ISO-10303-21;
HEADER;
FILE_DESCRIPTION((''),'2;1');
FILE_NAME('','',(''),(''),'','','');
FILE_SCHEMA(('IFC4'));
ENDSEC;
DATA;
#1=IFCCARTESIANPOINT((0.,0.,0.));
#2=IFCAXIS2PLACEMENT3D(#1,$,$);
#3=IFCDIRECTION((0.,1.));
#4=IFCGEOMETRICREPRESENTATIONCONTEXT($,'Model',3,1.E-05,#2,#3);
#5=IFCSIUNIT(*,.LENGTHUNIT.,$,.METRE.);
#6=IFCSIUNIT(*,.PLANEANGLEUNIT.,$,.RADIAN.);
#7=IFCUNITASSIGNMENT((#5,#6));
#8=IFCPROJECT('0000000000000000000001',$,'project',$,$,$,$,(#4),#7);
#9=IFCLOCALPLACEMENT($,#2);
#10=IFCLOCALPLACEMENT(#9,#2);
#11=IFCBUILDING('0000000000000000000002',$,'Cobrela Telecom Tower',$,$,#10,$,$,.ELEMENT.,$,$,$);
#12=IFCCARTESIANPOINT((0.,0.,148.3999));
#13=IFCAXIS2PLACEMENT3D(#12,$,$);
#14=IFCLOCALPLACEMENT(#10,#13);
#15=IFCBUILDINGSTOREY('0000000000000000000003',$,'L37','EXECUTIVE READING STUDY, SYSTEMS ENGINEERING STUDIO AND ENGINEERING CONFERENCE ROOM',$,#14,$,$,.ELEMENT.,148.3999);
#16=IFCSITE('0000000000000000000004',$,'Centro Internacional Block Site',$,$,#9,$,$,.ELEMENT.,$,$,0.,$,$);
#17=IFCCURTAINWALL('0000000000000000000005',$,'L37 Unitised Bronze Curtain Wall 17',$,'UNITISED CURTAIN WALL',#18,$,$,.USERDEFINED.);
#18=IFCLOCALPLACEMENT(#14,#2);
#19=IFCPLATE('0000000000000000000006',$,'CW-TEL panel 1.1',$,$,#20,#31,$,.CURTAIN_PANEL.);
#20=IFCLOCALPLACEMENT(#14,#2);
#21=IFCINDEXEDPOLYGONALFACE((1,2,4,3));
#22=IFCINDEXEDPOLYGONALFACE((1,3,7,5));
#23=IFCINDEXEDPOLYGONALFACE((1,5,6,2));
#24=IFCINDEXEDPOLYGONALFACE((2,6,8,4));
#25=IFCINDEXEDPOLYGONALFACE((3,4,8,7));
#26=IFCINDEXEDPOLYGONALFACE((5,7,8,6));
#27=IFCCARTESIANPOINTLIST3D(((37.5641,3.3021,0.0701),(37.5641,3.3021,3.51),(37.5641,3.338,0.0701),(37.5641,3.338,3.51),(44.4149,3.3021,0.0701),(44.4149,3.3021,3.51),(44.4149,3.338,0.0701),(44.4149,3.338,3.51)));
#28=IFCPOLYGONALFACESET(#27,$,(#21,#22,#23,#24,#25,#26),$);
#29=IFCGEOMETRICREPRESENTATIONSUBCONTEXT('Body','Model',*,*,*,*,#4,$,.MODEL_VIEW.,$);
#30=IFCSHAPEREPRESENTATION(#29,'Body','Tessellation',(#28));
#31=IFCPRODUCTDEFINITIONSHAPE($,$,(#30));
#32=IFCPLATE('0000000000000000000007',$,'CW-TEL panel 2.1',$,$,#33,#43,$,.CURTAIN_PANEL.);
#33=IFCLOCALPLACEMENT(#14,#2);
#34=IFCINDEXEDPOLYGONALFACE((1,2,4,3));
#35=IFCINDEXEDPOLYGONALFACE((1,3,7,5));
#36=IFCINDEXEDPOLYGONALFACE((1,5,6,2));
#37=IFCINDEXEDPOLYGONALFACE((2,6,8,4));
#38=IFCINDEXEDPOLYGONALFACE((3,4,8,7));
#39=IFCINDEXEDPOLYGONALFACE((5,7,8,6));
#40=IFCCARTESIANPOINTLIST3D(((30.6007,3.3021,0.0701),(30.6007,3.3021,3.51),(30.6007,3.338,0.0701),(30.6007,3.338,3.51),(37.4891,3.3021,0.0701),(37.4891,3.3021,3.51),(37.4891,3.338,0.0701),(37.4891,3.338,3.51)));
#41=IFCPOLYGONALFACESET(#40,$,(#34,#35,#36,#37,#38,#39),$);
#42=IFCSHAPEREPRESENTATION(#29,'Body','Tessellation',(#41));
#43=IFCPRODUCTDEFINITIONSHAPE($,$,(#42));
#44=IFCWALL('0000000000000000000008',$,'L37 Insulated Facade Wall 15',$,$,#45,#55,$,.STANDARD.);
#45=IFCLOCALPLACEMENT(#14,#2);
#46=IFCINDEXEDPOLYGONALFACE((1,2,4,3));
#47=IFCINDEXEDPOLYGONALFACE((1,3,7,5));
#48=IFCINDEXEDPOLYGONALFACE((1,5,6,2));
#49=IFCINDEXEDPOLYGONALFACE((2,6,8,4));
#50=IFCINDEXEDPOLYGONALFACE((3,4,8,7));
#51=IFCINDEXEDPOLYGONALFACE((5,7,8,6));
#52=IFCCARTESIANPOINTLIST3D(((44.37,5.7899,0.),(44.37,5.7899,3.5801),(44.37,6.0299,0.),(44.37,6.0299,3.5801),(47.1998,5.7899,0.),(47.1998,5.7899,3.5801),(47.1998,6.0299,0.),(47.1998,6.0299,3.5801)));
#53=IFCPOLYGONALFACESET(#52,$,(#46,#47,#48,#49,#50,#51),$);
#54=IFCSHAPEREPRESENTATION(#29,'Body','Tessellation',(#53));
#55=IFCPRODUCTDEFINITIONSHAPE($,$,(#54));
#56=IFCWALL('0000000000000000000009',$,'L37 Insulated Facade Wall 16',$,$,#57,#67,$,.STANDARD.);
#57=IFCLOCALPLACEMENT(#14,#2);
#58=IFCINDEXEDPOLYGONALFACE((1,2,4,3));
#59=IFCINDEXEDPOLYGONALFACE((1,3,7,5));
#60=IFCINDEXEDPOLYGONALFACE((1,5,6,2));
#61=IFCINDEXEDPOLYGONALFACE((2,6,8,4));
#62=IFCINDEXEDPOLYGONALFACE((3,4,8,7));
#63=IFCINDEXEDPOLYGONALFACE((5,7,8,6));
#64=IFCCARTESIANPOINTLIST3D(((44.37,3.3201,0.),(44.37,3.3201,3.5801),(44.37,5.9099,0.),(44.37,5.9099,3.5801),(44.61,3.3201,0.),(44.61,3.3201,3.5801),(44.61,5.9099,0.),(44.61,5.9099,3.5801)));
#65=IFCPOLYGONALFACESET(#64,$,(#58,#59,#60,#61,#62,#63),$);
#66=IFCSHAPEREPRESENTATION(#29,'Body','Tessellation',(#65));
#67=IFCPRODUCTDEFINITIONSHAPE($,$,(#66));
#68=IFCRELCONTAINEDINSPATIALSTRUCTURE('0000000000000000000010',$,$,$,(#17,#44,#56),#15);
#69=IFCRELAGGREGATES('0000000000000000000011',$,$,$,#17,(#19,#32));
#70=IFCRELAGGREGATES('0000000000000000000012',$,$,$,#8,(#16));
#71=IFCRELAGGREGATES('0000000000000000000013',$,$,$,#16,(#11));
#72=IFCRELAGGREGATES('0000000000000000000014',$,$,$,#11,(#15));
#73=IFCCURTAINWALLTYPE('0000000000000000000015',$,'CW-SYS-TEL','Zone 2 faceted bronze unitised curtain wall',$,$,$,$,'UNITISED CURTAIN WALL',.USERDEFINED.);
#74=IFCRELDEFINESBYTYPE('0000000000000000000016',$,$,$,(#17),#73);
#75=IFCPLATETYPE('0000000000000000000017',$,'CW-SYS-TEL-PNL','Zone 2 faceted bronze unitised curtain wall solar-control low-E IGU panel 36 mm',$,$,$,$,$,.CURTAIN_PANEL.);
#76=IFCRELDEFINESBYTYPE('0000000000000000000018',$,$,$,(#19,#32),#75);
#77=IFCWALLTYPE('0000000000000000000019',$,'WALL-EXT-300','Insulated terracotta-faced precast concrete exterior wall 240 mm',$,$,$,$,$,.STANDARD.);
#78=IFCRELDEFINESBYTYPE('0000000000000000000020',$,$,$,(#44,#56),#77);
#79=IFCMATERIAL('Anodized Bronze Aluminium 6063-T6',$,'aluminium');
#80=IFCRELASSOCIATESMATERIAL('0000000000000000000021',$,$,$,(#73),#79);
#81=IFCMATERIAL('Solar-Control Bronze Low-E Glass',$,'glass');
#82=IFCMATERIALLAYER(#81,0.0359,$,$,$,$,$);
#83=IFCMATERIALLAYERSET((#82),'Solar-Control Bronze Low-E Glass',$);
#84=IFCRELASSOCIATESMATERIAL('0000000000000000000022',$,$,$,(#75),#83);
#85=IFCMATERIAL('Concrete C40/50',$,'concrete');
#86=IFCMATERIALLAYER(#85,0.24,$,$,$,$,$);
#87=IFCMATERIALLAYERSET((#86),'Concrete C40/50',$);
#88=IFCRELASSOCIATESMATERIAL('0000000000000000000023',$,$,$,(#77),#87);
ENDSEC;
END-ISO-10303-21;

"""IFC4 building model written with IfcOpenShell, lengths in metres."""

from ifc_helpers import new_model, si_unit, direction, frame, frame_2d, origin, origin_2d, place, context, subcontext, project, spatial, rectangle, extrude, material, layer, layer_set, type_object, element, aggregate, save


model = new_model("IFC4")

# Units and contexts
model_context = context("Model", 3, precision=1e-05, world=origin(), true_north=direction((0.0, 1.0)))
body_context = subcontext(model_context, "Body", "Model", "MODEL_VIEW")
ifc_project = project(units=[si_unit("LENGTHUNIT", "METRE"), si_unit("PLANEANGLEUNIT", "RADIAN")], contexts=[model_context])

# Site, building, storey
site_placement = place(None, origin())
site = spatial("IfcSite", under=ifc_project, at=site_placement, Name="Centro Internacional Block Site", CompositionType="ELEMENT", RefElevation=0.0)
building_placement = place(site_placement, origin())
building = spatial("IfcBuilding", under=site, at=building_placement, Name="Cobrela Telecom Tower", CompositionType="ELEMENT")
storey_placement = place(building_placement, frame((0.0, 0.0, 148.3999)))
storey = spatial("IfcBuildingStorey", under=building, at=storey_placement, Name="L37", Description="EXECUTIVE READING STUDY, SYSTEMS ENGINEERING STUDIO AND ENGINEERING CONFERENCE ROOM", CompositionType="ELEMENT", Elevation=148.3999)

# Curtain wall
ifc_material_1 = material(Name="Anodized Bronze Aluminium 6063-T6", Category="aluminium")
curtain_wall_type = type_object("IfcCurtainWallType", Name="CW-SYS-TEL", Description="Zone 2 faceted bronze unitised curtain wall", ElementType="UNITISED CURTAIN WALL", PredefinedType="USERDEFINED", material=ifc_material_1)
curtain_wall_1_placement = place(storey_placement, origin())
curtain_wall_1 = element("IfcCurtainWall", 1, at=curtain_wall_1_placement, inside=storey, type_object=curtain_wall_type, Name="L37 Unitised Bronze Curtain Wall 17", ObjectType="UNITISED CURTAIN WALL", PredefinedType="USERDEFINED")

# Plates
ifc_material_2 = material(Name="Solar-Control Bronze Low-E Glass", Category="glass")
ifc_layer_1 = layer(ifc_material_2, 0.0359)
ifc_layer_set_1 = layer_set([ifc_layer_1], Name="Solar-Control Bronze Low-E Glass")
plate_type = type_object("IfcPlateType", Name="CW-SYS-TEL-PNL", Description="Zone 2 faceted bronze unitised curtain wall solar-control low-E IGU panel 36 mm", PredefinedType="CURTAIN_PANEL", material=ifc_layer_set_1)
plate_1_placement = place(storey_placement, frame((40.9895, 3.3201, 0.0701), z_axis=(0.0, 0.0, 1.0), x_axis=(-1.0, 0.0, 0.0)))
plate_1 = element("IfcPlate", 2, at=plate_1_placement, type_object=plate_type, Name="CW-TEL panel 1.1", PredefinedType="CURTAIN_PANEL", context=body_context, shape_type="SweptSolid", body=[
    extrude(rectangle(XDim=6.8508, YDim=0.0359, at=origin_2d()), origin(), (0.0, 0.0, 1.0), 3.4399),
])
plate_2_placement = place(storey_placement, frame((34.0449, 3.3201, 0.0701), z_axis=(0.0, 0.0, 1.0), x_axis=(-1.0, 0.0, 0.0)))
plate_2 = element("IfcPlate", 3, at=plate_2_placement, type_object=plate_type, Name="CW-TEL panel 2.1", PredefinedType="CURTAIN_PANEL", context=body_context, shape_type="SweptSolid", body=[
    extrude(rectangle(XDim=6.8884, YDim=0.0359, at=origin_2d()), origin(), (0.0, 0.0, 1.0), 3.4399),
])
aggregate(curtain_wall_1, [plate_1, plate_2])

# Walls
ifc_material_3 = material(Name="Concrete C40/50", Category="concrete")
ifc_layer_2 = layer(ifc_material_3, 0.24)
ifc_layer_set_2 = layer_set([ifc_layer_2], Name="Concrete C40/50")
wall_type = type_object("IfcWallType", Name="WALL-EXT-300", Description="Insulated terracotta-faced precast concrete exterior wall 240 mm", PredefinedType="STANDARD", material=ifc_layer_set_2)
wall_1_placement = place(storey_placement, frame((47.2, 5.9099, 0.0), z_axis=(0.0, 0.0, 1.0), x_axis=(-1.0, 0.0, 0.0)))
element("IfcWall", 4, at=wall_1_placement, inside=storey, type_object=wall_type, Name="L37 Insulated Facade Wall 15", PredefinedType="STANDARD", context=body_context, shape_type="SweptSolid", body=[
    extrude(rectangle(XDim=2.8298, YDim=0.24, at=frame_2d((1.415, 0.0))), origin(), (0.0, 0.0, 1.0), 3.5801),
])
wall_2_placement = place(storey_placement, frame((44.49, 5.9099, 0.0), z_axis=(0.0, 0.0, 1.0), x_axis=(0.0, -1.0, 0.0)))
element("IfcWall", 5, at=wall_2_placement, inside=storey, type_object=wall_type, Name="L37 Insulated Facade Wall 16", PredefinedType="STANDARD", context=body_context, shape_type="SweptSolid", body=[
    extrude(rectangle(XDim=2.5898, YDim=0.24, at=frame_2d((1.2949, 0.0))), origin(), (0.0, 0.0, 1.0), 3.5801),
])

save(model, "model.ifc")
